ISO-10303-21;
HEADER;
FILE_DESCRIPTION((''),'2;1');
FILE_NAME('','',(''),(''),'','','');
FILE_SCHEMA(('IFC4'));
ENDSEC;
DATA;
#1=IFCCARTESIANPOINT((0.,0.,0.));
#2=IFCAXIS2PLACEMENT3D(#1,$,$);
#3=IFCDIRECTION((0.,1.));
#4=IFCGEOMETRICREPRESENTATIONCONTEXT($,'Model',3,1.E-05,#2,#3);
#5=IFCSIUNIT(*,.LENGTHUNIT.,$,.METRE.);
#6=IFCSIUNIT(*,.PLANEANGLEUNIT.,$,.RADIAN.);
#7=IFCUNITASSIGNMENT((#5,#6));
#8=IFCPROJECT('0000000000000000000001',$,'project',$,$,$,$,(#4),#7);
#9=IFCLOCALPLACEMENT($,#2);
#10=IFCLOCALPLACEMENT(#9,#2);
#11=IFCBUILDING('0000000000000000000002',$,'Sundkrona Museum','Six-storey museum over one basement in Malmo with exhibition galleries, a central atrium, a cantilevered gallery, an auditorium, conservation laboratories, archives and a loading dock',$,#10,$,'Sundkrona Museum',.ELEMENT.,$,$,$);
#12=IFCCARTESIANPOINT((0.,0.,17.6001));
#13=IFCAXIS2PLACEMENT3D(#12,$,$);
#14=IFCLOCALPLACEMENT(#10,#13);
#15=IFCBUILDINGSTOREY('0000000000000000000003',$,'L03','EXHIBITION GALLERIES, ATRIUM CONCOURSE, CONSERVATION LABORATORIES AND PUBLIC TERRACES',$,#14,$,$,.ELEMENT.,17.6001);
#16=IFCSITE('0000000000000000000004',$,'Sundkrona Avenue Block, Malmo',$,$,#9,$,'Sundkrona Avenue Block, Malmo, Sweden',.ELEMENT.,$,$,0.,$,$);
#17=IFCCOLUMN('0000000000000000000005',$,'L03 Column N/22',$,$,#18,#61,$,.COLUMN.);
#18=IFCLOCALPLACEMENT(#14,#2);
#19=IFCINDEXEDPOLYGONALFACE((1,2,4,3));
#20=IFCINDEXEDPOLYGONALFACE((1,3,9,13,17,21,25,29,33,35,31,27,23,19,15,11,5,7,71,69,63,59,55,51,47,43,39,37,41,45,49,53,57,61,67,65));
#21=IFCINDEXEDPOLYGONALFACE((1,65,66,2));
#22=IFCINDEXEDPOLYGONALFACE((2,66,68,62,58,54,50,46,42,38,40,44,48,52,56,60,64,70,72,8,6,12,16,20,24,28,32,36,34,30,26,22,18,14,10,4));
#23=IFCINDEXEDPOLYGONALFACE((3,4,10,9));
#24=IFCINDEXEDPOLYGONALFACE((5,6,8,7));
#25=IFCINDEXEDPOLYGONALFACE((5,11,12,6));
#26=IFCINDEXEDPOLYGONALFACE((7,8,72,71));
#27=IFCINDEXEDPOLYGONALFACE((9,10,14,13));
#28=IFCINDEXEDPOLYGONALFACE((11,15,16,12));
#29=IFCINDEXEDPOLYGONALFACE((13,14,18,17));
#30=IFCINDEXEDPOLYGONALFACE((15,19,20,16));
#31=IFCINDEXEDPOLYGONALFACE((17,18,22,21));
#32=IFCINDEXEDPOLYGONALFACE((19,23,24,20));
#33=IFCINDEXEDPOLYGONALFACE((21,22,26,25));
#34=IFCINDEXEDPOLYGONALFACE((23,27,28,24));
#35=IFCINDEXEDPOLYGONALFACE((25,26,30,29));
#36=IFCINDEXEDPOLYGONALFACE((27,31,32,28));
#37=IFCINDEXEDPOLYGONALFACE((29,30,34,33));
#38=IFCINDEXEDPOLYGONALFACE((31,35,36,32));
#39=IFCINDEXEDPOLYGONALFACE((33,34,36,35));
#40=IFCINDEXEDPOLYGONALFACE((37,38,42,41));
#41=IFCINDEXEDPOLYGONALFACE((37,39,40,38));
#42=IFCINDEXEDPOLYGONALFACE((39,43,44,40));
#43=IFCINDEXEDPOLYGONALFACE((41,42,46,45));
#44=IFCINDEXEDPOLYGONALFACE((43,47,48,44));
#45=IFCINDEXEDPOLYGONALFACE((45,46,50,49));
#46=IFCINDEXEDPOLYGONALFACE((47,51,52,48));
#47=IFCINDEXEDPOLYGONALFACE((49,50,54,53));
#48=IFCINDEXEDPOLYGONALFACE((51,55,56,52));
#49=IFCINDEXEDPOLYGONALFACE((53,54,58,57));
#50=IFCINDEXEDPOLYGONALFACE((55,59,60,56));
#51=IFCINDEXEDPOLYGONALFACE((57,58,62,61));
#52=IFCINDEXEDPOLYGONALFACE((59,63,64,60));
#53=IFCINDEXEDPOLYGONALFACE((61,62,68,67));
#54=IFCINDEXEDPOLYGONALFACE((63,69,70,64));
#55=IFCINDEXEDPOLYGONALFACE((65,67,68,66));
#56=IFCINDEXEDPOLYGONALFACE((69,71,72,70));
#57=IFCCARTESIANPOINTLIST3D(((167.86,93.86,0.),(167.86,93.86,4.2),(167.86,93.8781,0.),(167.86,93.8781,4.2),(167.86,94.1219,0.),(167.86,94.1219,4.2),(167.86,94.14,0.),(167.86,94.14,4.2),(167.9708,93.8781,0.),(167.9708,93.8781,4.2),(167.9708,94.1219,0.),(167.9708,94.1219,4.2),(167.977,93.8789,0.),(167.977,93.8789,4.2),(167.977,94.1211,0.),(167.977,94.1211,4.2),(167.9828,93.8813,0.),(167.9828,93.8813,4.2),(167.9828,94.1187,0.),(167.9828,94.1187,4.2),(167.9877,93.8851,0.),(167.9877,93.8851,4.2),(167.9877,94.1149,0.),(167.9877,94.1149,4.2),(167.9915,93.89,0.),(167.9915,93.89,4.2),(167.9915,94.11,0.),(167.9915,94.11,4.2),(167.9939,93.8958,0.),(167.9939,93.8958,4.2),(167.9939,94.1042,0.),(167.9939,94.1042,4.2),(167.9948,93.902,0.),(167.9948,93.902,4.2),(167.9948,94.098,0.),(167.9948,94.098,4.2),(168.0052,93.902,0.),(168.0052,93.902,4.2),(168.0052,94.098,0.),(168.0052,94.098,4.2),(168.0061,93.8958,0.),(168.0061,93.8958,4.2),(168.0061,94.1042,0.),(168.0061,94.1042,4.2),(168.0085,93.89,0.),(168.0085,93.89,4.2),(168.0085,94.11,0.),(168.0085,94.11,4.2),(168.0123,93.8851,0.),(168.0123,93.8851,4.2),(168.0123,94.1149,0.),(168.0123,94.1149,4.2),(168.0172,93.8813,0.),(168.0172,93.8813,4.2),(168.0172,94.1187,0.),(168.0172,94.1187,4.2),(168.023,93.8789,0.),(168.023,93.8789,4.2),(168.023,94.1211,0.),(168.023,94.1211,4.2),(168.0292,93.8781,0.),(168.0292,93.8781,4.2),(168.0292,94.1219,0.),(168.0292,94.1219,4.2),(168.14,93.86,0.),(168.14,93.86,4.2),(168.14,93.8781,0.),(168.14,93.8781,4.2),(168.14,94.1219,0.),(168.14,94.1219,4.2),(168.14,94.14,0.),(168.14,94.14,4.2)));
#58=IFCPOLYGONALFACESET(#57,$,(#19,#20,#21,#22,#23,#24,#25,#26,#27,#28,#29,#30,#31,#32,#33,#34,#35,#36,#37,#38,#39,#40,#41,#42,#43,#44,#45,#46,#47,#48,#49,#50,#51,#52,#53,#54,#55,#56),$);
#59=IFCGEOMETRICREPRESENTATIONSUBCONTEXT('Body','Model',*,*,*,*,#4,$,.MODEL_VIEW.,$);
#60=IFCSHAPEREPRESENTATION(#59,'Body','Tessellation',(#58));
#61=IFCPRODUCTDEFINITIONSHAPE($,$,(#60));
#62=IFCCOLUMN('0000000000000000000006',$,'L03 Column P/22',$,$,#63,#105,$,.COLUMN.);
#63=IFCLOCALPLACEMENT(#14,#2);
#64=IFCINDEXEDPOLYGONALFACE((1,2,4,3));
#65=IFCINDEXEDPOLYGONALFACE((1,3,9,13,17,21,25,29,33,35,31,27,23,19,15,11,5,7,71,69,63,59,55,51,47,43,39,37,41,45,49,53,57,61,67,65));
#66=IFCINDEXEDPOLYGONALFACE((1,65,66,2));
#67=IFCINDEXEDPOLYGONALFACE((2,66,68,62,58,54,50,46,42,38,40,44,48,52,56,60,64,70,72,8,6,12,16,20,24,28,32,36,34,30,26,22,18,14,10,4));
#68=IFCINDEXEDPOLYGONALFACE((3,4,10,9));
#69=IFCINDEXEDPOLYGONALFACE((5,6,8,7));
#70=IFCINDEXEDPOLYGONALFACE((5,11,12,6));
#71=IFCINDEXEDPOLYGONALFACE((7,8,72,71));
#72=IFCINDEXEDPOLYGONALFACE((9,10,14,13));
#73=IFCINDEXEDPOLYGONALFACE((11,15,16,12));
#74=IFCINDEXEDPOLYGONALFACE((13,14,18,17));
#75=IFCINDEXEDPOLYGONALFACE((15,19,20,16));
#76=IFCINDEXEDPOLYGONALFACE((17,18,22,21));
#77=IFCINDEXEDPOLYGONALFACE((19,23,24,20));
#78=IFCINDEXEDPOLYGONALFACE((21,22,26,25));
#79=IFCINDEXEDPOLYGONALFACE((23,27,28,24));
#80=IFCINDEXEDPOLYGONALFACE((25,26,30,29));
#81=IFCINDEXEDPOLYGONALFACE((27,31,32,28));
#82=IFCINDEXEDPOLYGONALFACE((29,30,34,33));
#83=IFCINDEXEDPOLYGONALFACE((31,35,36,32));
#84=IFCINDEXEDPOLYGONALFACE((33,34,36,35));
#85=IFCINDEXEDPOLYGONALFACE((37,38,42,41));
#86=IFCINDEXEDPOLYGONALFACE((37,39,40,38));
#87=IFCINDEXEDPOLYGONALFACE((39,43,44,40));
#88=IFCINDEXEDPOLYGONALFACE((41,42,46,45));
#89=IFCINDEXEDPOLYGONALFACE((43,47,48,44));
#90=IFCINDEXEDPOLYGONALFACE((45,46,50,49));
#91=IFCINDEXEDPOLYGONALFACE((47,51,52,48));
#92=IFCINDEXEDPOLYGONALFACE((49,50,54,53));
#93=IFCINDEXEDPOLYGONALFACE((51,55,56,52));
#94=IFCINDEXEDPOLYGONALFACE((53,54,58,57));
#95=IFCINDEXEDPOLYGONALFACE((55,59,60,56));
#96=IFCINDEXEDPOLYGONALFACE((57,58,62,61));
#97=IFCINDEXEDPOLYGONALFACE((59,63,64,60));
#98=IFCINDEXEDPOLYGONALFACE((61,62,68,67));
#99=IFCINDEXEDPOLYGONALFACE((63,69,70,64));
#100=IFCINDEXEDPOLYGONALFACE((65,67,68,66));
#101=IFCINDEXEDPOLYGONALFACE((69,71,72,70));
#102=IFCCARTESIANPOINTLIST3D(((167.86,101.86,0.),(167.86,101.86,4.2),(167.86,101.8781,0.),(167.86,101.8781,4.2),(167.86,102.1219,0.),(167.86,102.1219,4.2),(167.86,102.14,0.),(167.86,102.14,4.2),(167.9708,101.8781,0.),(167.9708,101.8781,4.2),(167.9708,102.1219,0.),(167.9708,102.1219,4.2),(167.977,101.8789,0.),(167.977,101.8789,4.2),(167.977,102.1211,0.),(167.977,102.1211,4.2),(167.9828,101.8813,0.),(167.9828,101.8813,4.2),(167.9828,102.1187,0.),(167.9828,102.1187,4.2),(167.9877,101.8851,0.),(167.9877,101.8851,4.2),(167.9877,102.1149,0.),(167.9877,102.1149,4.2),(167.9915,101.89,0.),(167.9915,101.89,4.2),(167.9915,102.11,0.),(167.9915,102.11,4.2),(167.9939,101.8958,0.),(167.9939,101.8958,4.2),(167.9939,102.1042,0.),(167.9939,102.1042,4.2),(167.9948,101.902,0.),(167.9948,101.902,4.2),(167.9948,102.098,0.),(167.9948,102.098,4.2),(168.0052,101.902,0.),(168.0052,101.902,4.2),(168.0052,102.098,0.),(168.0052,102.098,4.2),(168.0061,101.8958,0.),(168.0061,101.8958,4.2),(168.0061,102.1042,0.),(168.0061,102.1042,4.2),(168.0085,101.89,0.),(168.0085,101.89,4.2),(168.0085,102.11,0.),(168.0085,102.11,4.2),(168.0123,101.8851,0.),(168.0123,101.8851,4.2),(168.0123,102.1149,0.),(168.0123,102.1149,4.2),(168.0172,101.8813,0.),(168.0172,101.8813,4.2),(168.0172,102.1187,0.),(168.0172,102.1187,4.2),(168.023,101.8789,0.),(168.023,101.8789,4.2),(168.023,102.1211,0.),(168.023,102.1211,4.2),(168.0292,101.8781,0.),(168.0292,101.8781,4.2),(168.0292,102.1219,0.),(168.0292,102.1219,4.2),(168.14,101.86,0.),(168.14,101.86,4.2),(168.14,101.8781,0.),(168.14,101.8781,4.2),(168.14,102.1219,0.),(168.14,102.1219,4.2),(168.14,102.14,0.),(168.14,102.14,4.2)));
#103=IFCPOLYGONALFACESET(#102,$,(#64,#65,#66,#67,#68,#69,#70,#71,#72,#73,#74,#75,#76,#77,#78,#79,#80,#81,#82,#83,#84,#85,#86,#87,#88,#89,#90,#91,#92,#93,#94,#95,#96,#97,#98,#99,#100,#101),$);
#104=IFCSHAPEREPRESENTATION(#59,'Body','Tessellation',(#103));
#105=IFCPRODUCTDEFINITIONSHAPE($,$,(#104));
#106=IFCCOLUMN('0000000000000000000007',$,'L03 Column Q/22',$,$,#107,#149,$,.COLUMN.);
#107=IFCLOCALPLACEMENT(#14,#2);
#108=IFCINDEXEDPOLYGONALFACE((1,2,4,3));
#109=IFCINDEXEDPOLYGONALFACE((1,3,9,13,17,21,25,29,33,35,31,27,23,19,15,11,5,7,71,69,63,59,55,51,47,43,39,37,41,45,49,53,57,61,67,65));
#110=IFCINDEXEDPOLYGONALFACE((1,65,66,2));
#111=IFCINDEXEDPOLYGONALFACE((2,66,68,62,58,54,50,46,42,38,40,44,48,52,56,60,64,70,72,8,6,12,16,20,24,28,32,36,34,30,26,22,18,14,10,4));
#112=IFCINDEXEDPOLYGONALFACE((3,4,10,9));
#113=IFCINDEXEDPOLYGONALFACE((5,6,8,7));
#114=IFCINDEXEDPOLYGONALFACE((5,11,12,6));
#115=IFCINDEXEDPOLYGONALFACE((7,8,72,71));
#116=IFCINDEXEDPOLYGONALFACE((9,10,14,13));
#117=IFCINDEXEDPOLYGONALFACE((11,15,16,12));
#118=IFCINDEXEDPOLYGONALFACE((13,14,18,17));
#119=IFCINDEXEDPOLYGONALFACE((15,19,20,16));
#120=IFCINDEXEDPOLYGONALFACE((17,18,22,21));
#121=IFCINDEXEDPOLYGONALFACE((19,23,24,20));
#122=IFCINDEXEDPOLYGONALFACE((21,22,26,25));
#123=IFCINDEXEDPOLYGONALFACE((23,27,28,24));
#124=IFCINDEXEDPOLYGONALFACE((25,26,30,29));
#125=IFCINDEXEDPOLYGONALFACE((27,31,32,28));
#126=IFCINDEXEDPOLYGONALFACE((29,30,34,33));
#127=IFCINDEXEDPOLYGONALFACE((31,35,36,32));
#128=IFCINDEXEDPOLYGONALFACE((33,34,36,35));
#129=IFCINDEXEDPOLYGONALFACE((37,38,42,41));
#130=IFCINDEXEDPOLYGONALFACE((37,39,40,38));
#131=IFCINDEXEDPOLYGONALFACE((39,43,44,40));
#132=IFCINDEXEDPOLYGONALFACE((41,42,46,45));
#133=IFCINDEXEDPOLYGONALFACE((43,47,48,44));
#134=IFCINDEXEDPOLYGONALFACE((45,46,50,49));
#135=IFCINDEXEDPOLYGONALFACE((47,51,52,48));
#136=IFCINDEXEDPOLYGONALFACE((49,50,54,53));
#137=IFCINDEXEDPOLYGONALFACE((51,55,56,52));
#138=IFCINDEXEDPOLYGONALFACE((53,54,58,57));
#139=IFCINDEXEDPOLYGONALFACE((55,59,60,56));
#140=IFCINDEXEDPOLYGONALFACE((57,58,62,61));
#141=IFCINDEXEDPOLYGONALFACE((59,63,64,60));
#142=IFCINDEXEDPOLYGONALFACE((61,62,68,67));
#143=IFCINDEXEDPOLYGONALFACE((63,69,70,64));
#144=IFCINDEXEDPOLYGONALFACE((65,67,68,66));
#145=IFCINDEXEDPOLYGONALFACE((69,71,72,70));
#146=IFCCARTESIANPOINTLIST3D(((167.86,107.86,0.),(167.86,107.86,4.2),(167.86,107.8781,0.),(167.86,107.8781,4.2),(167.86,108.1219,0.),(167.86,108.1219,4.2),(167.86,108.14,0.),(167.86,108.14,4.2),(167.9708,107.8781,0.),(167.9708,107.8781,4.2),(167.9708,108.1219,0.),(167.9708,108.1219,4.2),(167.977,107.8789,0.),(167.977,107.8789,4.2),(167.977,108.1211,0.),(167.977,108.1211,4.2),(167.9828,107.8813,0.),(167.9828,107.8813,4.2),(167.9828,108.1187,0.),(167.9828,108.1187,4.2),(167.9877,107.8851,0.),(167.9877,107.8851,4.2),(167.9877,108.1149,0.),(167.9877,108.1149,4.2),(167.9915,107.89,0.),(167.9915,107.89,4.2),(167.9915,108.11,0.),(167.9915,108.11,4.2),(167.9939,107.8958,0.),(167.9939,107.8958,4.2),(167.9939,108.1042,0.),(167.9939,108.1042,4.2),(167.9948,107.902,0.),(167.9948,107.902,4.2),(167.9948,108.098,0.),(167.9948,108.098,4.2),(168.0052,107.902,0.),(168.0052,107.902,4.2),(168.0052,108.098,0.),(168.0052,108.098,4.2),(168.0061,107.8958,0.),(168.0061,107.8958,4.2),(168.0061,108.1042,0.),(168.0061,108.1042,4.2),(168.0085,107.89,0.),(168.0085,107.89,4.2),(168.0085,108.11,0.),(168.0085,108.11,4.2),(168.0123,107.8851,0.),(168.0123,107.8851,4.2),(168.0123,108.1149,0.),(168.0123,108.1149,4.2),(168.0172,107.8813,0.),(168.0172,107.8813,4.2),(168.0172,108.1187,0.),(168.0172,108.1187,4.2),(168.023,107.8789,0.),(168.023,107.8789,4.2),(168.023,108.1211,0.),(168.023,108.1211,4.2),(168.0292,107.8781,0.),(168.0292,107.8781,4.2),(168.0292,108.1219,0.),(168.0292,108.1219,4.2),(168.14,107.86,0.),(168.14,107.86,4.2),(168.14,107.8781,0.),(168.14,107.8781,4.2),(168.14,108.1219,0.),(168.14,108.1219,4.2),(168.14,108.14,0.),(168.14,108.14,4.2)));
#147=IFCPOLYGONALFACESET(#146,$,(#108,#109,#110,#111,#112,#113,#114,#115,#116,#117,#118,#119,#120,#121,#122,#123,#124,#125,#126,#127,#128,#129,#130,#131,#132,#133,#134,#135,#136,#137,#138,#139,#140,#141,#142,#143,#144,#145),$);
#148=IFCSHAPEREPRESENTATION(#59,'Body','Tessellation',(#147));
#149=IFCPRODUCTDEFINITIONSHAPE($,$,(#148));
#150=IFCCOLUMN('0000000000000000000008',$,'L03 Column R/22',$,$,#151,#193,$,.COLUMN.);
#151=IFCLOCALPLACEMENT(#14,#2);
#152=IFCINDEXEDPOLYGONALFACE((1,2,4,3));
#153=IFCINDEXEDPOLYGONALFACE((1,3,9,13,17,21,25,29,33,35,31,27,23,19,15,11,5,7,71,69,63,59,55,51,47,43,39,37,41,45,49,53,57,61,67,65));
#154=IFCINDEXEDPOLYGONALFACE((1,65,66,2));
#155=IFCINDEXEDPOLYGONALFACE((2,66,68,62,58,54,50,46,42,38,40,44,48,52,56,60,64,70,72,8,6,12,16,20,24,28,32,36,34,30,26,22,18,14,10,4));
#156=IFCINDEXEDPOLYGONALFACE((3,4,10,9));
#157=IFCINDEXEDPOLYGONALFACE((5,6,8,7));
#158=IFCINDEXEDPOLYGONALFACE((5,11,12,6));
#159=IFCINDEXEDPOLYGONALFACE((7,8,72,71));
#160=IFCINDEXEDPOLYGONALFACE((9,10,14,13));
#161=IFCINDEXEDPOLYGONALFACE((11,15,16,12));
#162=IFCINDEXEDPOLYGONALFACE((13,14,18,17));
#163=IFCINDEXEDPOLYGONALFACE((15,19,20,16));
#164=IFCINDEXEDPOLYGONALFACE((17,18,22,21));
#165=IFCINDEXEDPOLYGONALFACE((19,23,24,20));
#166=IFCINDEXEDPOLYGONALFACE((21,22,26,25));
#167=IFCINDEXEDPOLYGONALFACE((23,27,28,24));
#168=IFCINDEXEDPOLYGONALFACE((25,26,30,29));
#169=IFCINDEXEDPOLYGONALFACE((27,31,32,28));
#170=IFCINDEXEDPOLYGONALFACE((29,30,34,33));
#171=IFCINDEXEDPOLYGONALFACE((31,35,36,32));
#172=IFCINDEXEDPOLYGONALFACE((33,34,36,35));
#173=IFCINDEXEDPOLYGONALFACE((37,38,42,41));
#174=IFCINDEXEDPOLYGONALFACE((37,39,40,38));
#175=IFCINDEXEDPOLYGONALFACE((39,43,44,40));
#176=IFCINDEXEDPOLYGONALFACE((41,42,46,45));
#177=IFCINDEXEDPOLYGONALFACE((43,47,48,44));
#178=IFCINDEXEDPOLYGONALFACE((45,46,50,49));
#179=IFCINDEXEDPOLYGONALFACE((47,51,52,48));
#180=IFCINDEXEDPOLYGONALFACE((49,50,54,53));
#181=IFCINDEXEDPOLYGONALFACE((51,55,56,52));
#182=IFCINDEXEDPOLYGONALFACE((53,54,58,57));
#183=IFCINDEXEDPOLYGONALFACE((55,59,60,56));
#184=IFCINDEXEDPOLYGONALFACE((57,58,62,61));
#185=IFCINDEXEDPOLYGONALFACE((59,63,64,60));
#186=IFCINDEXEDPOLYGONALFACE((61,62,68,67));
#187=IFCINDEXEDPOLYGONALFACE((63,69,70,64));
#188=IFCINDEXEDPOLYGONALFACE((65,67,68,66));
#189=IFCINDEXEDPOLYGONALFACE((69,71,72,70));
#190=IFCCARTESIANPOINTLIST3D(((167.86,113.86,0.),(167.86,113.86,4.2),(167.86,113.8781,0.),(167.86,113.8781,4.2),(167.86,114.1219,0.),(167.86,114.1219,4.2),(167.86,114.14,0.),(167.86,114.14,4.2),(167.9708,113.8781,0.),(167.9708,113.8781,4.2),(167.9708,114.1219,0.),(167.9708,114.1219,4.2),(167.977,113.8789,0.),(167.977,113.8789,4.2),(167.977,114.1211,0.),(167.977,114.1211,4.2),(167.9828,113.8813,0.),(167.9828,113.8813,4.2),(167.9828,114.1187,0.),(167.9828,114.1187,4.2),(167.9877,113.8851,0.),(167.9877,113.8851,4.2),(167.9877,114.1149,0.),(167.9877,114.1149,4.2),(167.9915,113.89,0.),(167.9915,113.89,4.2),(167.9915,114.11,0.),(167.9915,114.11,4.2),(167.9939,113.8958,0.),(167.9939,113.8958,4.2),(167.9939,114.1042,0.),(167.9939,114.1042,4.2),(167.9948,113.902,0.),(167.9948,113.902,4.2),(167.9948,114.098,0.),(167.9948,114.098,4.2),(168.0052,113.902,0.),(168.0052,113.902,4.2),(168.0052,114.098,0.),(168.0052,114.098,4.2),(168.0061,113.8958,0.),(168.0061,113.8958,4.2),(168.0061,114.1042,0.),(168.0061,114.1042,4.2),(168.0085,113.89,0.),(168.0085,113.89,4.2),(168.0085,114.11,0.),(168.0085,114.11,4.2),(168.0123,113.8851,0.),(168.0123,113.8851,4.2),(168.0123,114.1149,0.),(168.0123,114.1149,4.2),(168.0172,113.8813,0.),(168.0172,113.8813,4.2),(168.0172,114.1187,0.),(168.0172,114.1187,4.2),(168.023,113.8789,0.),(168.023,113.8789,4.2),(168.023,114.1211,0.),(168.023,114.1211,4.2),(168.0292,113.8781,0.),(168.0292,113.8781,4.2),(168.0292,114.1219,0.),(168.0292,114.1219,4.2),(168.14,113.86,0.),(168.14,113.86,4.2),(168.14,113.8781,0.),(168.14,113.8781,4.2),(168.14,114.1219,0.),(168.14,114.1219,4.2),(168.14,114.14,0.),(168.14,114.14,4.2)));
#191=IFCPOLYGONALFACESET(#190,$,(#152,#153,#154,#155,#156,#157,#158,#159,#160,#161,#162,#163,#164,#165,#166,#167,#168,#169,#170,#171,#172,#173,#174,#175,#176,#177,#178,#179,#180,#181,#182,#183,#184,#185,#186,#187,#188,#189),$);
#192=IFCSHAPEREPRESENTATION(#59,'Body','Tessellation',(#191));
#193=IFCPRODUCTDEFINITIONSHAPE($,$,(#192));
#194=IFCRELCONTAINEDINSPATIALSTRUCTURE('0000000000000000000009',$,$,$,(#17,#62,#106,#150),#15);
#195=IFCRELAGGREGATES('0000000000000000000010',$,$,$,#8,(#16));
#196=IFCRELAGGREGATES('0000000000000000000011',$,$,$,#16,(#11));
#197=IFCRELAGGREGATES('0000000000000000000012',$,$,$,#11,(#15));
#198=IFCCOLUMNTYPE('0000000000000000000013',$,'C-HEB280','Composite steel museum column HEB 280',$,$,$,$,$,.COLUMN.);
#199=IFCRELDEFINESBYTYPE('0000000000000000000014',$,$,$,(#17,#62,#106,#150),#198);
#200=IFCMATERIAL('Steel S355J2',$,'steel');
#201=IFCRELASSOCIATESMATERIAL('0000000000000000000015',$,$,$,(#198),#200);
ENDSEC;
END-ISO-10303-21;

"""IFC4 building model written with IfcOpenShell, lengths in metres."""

from ifc_helpers import new_model, si_unit, direction, frame, origin, origin_2d, place, context, subcontext, project, spatial, i_section, extrude, material, material_profile, profile_set, type_object, element, save


model = new_model("IFC4")

# Units and contexts
model_context = context("Model", 3, precision=1e-05, world=origin(), true_north=direction((0.0, 1.0)))
body_context = subcontext(model_context, "Body", "Model", "MODEL_VIEW")
ifc_project = project(units=[si_unit("LENGTHUNIT", "METRE"), si_unit("PLANEANGLEUNIT", "RADIAN")], contexts=[model_context])

# Site, building, storey
site_placement = place(None, origin())
site = spatial("IfcSite", under=ifc_project, at=site_placement, Name="Sundkrona Avenue Block, Malmo", LongName="Sundkrona Avenue Block, Malmo, Sweden", CompositionType="ELEMENT", RefElevation=0.0)
building_placement = place(site_placement, origin())
building = spatial("IfcBuilding", under=site, at=building_placement, Name="Sundkrona Museum", Description="Six-storey museum over one basement in Malmo with exhibition galleries, a central atrium, a cantilevered gallery, an auditorium, conservation laboratories, archives and a loading dock", LongName="Sundkrona Museum", CompositionType="ELEMENT")
storey_placement = place(building_placement, frame((0.0, 0.0, 17.6001)))
storey = spatial("IfcBuildingStorey", under=building, at=storey_placement, Name="L03", Description="EXHIBITION GALLERIES, ATRIUM CONCOURSE, CONSERVATION LABORATORIES AND PUBLIC TERRACES", CompositionType="ELEMENT", Elevation=17.6001)

# Columns
ifc_material_1 = material(Name="Steel S355J2", Category="steel")
ifc_material_profile_1 = material_profile(ifc_material_1, i_section(OverallWidth=0.28, OverallDepth=0.28, WebThickness=0.0105, FlangeThickness=0.0181, FilletRadius=0.0239, at=origin_2d()), Name="HEB 280")
ifc_profile_set_1 = profile_set([ifc_material_profile_1], Name="Steel S355J2")
column_type = type_object("IfcColumnType", Name="C-HEB280", Description="Composite steel museum column HEB 280", PredefinedType="COLUMN", material=ifc_profile_set_1)
for number, where, z_axis, x_axis, name in (
    (1, (168.0, 94.0, 0.0), (0.0, 0.0, 1.0), (1.0, 0.0, 0.0), "L03 Column N/22"),
    (2, (168.0, 102.0, 0.0), (0.0, 0.0, 1.0), (1.0, 0.0, 0.0), "L03 Column P/22"),
    (3, (168.0, 108.0, 0.0), (0.0, 0.0, 1.0), (1.0, 0.0, 0.0), "L03 Column Q/22"),
    (4, (168.0, 114.0, 0.0), (0.0, 0.0, 1.0), (1.0, 0.0, 0.0), "L03 Column R/22"),
):
    element("IfcColumn", number, at=place(storey_placement, frame(where, z_axis=z_axis, x_axis=x_axis)), inside=storey, type_object=column_type, Name=name, PredefinedType="COLUMN", context=body_context, shape_type="SweptSolid", body=[
        extrude(i_section(OverallWidth=0.28, OverallDepth=0.28, WebThickness=0.0105, FlangeThickness=0.0181, FilletRadius=0.0239, at=origin_2d()), origin(), (0.0, 0.0, 1.0), 4.2),
    ])

save(model, "model.ifc")
